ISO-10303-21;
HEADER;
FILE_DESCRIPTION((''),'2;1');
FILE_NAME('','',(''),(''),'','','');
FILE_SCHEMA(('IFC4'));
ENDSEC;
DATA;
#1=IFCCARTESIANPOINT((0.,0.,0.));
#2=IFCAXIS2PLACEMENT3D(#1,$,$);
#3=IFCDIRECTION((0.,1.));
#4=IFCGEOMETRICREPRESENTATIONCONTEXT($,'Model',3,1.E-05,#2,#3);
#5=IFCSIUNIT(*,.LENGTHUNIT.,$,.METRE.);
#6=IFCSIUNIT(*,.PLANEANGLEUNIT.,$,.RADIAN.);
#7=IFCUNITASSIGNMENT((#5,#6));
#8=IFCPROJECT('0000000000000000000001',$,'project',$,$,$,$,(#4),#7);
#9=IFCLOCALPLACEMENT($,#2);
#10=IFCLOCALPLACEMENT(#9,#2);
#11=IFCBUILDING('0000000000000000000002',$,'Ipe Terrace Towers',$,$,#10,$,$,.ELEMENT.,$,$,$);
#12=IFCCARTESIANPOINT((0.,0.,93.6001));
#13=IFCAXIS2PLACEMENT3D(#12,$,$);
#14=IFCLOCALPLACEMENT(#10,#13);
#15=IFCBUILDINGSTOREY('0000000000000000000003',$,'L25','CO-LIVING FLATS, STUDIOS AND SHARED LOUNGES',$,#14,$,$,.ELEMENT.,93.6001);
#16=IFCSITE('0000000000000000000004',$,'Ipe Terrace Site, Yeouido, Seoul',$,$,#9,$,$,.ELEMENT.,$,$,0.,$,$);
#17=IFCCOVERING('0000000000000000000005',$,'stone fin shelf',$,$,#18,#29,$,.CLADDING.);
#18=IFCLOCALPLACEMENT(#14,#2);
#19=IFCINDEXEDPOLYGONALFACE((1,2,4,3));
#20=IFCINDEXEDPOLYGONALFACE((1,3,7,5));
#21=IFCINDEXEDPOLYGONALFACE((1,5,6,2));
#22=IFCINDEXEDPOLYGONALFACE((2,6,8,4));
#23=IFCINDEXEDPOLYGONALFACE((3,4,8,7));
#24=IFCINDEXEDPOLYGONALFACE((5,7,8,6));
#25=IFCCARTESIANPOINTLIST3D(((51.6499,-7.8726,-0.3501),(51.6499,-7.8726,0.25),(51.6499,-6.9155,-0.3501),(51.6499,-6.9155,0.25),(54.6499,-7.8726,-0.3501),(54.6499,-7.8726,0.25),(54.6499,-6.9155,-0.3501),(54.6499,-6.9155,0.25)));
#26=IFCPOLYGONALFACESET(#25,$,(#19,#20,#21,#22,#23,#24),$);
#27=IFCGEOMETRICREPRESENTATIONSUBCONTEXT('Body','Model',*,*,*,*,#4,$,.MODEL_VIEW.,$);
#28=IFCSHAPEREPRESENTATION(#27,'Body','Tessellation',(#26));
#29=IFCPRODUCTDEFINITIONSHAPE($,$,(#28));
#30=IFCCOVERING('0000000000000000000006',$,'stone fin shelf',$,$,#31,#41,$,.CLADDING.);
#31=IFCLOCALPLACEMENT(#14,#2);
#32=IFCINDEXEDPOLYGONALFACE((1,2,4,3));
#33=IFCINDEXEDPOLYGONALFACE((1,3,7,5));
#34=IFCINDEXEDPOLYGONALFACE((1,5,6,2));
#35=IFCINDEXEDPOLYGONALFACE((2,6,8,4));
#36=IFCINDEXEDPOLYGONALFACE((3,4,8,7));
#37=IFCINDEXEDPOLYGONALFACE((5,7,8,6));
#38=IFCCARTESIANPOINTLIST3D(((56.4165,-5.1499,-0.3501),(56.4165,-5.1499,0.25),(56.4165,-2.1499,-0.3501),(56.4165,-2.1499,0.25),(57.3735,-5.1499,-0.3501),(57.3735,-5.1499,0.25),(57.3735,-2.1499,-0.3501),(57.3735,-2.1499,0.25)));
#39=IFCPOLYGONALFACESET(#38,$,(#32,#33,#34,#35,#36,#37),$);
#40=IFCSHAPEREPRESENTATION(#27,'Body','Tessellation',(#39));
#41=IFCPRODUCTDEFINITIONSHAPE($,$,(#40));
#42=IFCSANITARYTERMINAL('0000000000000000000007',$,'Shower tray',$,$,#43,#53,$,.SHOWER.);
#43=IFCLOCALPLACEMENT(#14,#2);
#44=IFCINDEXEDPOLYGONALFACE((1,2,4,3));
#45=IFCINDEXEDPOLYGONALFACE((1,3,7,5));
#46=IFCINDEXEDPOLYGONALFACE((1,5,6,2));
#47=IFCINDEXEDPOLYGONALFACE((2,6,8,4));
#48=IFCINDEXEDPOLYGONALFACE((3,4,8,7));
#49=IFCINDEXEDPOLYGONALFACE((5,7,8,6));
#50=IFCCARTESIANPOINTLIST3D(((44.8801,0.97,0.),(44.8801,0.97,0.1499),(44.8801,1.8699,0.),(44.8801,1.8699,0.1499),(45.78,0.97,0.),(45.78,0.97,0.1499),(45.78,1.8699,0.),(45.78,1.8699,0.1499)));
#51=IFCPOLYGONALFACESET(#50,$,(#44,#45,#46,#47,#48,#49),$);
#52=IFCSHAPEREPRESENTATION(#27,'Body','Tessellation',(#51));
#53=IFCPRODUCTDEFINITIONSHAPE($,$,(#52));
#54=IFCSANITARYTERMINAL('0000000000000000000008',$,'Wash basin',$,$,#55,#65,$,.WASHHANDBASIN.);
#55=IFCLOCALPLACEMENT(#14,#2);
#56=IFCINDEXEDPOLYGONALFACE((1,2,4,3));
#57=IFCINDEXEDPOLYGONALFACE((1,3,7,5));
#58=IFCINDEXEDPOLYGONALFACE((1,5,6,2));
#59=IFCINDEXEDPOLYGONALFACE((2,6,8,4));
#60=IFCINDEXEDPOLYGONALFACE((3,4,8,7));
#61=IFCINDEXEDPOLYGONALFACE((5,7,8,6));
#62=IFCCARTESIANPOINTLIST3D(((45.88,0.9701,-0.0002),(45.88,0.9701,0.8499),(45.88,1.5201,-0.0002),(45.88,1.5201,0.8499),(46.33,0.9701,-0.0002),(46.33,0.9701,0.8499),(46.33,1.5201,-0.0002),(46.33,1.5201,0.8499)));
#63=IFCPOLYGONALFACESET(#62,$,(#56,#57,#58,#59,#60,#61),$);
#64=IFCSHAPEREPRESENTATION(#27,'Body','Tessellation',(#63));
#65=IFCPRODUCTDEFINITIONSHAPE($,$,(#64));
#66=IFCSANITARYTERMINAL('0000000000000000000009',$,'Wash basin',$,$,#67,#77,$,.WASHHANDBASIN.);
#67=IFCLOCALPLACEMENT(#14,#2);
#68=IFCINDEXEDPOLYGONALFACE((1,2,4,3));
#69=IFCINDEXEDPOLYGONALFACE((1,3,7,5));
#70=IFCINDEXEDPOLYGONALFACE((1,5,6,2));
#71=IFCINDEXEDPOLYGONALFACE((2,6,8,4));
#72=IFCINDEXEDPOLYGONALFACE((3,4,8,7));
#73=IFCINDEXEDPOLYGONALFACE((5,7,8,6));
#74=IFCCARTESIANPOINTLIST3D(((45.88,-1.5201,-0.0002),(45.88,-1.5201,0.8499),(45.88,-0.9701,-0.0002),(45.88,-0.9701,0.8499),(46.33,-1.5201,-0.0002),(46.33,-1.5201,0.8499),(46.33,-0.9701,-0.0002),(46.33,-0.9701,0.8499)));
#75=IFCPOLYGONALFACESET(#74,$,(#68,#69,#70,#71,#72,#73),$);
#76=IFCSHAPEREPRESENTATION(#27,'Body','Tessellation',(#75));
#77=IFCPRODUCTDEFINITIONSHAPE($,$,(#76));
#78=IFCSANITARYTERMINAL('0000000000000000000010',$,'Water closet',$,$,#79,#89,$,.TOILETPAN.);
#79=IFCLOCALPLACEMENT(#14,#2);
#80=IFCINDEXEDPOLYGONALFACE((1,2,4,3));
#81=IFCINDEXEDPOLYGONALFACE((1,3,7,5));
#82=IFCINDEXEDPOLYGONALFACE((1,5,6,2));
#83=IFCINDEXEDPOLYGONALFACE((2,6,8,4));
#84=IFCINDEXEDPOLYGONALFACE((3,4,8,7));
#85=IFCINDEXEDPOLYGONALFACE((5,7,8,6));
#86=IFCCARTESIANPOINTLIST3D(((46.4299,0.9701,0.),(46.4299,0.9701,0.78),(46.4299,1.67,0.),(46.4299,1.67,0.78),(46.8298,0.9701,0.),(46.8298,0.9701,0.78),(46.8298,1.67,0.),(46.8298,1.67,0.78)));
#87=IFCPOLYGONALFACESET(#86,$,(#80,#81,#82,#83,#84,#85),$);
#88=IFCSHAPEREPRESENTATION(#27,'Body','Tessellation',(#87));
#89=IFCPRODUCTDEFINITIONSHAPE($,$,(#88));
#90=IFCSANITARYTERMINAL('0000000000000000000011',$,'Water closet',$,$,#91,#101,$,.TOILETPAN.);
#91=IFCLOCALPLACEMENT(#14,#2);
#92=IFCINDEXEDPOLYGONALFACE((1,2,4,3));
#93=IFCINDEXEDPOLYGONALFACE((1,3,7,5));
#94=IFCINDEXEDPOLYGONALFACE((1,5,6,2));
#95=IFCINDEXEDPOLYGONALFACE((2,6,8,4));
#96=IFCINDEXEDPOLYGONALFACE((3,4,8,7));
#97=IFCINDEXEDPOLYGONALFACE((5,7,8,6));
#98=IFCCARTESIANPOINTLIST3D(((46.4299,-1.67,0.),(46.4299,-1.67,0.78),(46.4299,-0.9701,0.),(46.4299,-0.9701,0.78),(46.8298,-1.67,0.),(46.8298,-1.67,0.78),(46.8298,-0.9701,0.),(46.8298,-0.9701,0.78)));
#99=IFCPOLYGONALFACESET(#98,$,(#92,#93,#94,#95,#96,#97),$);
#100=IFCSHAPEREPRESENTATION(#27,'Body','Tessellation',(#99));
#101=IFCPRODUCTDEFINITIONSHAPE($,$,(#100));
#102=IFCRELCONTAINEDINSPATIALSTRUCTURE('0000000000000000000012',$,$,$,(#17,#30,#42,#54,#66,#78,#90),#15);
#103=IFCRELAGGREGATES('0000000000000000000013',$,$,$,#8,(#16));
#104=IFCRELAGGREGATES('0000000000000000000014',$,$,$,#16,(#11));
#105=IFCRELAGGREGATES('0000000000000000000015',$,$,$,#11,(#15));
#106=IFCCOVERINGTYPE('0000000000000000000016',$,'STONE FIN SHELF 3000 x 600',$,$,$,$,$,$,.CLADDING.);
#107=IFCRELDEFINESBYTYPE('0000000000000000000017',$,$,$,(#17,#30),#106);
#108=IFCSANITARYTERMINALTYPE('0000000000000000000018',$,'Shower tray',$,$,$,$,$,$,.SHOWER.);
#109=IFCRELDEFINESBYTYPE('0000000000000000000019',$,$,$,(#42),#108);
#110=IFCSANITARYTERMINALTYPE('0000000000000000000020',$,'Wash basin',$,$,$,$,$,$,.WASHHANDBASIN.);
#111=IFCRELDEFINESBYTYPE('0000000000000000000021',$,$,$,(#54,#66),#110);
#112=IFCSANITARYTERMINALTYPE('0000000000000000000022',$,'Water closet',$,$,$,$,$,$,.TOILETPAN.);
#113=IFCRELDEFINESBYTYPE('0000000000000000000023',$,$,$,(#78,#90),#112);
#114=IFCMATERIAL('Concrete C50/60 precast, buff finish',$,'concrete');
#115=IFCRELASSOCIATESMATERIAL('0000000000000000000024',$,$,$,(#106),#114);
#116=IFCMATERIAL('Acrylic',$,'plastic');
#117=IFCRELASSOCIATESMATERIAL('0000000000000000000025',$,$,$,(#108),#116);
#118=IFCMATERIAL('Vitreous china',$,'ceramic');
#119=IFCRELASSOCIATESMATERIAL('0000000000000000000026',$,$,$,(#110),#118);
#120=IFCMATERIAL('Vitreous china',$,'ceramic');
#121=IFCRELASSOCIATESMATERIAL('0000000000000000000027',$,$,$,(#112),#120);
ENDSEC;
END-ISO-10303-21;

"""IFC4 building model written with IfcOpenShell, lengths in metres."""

from ifc_helpers import new_model, si_unit, direction, frame, origin, origin_2d, place, context, subcontext, project, spatial, rectangle, extrude, material, type_object, element, save


model = new_model("IFC4")

# Units and contexts
model_context = context("Model", 3, precision=1e-05, world=origin(), true_north=direction((0.0, 1.0)))
body_context = subcontext(model_context, "Body", "Model", "MODEL_VIEW")
ifc_project = project(units=[si_unit("LENGTHUNIT", "METRE"), si_unit("PLANEANGLEUNIT", "RADIAN")], contexts=[model_context])

# Site, building, storey
site_placement = place(None, origin())
site = spatial("IfcSite", under=ifc_project, at=site_placement, Name="Ipe Terrace Site, Yeouido, Seoul", CompositionType="ELEMENT", RefElevation=0.0)
building_placement = place(site_placement, origin())
building = spatial("IfcBuilding", under=site, at=building_placement, Name="Ipe Terrace Towers", CompositionType="ELEMENT")
storey_placement = place(building_placement, frame((0.0, 0.0, 93.6001)))
storey = spatial("IfcBuildingStorey", under=building, at=storey_placement, Name="L25", Description="CO-LIVING FLATS, STUDIOS AND SHARED LOUNGES", CompositionType="ELEMENT", Elevation=93.6001)

# Coverings
ifc_material_1 = material(Name="Concrete C50/60 precast, buff finish", Category="concrete")
covering_type_1 = type_object("IfcCoveringType", Name="STONE FIN SHELF 3000 x 600", PredefinedType="CLADDING", material=ifc_material_1)
for number, where, z_axis, x_axis, name in (
    (1, (53.1499, -7.394, -0.3501), (0.0, 0.0, 1.0), (1.0, 0.0, 0.0), "stone fin shelf"),
    (2, (56.895, -3.6499, -0.3501), (0.0, 0.0, 1.0), (0.0, 1.0, 0.0), "stone fin shelf"),
):
    element("IfcCovering", number, at=place(storey_placement, frame(where, z_axis=z_axis, x_axis=x_axis)), inside=storey, type_object=covering_type_1, Name=name, PredefinedType="CLADDING", context=body_context, shape_type="SweptSolid", body=[
        extrude(rectangle(XDim=3.0, YDim=0.957, at=origin_2d()), origin(), (0.0, 0.0, 1.0), 0.6001),
    ])

# Sanitary terminals
ifc_material_2 = material(Name="Acrylic", Category="plastic")
sanitary_terminal_type_1 = type_object("IfcSanitaryTerminalType", Name="Shower tray", PredefinedType="SHOWER", material=ifc_material_2)
sanitary_terminal_placement = place(storey_placement, frame((45.3301, 1.4199, 0.0), z_axis=(0.0, 0.0, 1.0), x_axis=(0.0, 1.0, 0.0)))
element("IfcSanitaryTerminal", 3, at=sanitary_terminal_placement, inside=storey, type_object=sanitary_terminal_type_1, Name="Shower tray", PredefinedType="SHOWER", context=body_context, shape_type="SweptSolid", body=[
    extrude(rectangle(XDim=0.8999, YDim=0.8999, at=origin_2d()), origin(), (0.0, 0.0, 1.0), 0.1499),
])
ifc_material_3 = material(Name="Vitreous china", Category="ceramic")
sanitary_terminal_type_2 = type_object("IfcSanitaryTerminalType", Name="Wash basin", PredefinedType="WASHHANDBASIN", material=ifc_material_3)
for number, where, z_axis, x_axis, name in (
    (4, (46.105, 1.2451, -0.0002), (0.0, 0.0, 1.0), (0.0, 1.0, 0.0), "Wash basin"),
    (5, (46.105, -1.2451, -0.0002), (0.0, 0.0, 1.0), (0.0, -1.0, 0.0), "Wash basin"),
):
    element("IfcSanitaryTerminal", number, at=place(storey_placement, frame(where, z_axis=z_axis, x_axis=x_axis)), inside=storey, type_object=sanitary_terminal_type_2, Name=name, PredefinedType="WASHHANDBASIN", context=body_context, shape_type="SweptSolid", body=[
        extrude(rectangle(XDim=0.55, YDim=0.45, at=origin_2d()), origin(), (0.0, 0.0, 1.0), 0.8501),
    ])
ifc_material_4 = material(Name="Vitreous china", Category="ceramic")
sanitary_terminal_type_3 = type_object("IfcSanitaryTerminalType", Name="Water closet", PredefinedType="TOILETPAN", material=ifc_material_4)
for number, where, z_axis, x_axis, name in (
    (6, (46.6299, 1.3201, 0.0), (0.0, 0.0, 1.0), (0.0, 1.0, 0.0), "Water closet"),
    (7, (46.6299, -1.3201, 0.0), (0.0, 0.0, 1.0), (0.0, -1.0, 0.0), "Water closet"),
):
    element("IfcSanitaryTerminal", number, at=place(storey_placement, frame(where, z_axis=z_axis, x_axis=x_axis)), inside=storey, type_object=sanitary_terminal_type_3, Name=name, PredefinedType="TOILETPAN", context=body_context, shape_type="SweptSolid", body=[
        extrude(rectangle(XDim=0.7, YDim=0.3999, at=origin_2d()), origin(), (0.0, 0.0, 1.0), 0.78),
    ])

save(model, "model.ifc")
